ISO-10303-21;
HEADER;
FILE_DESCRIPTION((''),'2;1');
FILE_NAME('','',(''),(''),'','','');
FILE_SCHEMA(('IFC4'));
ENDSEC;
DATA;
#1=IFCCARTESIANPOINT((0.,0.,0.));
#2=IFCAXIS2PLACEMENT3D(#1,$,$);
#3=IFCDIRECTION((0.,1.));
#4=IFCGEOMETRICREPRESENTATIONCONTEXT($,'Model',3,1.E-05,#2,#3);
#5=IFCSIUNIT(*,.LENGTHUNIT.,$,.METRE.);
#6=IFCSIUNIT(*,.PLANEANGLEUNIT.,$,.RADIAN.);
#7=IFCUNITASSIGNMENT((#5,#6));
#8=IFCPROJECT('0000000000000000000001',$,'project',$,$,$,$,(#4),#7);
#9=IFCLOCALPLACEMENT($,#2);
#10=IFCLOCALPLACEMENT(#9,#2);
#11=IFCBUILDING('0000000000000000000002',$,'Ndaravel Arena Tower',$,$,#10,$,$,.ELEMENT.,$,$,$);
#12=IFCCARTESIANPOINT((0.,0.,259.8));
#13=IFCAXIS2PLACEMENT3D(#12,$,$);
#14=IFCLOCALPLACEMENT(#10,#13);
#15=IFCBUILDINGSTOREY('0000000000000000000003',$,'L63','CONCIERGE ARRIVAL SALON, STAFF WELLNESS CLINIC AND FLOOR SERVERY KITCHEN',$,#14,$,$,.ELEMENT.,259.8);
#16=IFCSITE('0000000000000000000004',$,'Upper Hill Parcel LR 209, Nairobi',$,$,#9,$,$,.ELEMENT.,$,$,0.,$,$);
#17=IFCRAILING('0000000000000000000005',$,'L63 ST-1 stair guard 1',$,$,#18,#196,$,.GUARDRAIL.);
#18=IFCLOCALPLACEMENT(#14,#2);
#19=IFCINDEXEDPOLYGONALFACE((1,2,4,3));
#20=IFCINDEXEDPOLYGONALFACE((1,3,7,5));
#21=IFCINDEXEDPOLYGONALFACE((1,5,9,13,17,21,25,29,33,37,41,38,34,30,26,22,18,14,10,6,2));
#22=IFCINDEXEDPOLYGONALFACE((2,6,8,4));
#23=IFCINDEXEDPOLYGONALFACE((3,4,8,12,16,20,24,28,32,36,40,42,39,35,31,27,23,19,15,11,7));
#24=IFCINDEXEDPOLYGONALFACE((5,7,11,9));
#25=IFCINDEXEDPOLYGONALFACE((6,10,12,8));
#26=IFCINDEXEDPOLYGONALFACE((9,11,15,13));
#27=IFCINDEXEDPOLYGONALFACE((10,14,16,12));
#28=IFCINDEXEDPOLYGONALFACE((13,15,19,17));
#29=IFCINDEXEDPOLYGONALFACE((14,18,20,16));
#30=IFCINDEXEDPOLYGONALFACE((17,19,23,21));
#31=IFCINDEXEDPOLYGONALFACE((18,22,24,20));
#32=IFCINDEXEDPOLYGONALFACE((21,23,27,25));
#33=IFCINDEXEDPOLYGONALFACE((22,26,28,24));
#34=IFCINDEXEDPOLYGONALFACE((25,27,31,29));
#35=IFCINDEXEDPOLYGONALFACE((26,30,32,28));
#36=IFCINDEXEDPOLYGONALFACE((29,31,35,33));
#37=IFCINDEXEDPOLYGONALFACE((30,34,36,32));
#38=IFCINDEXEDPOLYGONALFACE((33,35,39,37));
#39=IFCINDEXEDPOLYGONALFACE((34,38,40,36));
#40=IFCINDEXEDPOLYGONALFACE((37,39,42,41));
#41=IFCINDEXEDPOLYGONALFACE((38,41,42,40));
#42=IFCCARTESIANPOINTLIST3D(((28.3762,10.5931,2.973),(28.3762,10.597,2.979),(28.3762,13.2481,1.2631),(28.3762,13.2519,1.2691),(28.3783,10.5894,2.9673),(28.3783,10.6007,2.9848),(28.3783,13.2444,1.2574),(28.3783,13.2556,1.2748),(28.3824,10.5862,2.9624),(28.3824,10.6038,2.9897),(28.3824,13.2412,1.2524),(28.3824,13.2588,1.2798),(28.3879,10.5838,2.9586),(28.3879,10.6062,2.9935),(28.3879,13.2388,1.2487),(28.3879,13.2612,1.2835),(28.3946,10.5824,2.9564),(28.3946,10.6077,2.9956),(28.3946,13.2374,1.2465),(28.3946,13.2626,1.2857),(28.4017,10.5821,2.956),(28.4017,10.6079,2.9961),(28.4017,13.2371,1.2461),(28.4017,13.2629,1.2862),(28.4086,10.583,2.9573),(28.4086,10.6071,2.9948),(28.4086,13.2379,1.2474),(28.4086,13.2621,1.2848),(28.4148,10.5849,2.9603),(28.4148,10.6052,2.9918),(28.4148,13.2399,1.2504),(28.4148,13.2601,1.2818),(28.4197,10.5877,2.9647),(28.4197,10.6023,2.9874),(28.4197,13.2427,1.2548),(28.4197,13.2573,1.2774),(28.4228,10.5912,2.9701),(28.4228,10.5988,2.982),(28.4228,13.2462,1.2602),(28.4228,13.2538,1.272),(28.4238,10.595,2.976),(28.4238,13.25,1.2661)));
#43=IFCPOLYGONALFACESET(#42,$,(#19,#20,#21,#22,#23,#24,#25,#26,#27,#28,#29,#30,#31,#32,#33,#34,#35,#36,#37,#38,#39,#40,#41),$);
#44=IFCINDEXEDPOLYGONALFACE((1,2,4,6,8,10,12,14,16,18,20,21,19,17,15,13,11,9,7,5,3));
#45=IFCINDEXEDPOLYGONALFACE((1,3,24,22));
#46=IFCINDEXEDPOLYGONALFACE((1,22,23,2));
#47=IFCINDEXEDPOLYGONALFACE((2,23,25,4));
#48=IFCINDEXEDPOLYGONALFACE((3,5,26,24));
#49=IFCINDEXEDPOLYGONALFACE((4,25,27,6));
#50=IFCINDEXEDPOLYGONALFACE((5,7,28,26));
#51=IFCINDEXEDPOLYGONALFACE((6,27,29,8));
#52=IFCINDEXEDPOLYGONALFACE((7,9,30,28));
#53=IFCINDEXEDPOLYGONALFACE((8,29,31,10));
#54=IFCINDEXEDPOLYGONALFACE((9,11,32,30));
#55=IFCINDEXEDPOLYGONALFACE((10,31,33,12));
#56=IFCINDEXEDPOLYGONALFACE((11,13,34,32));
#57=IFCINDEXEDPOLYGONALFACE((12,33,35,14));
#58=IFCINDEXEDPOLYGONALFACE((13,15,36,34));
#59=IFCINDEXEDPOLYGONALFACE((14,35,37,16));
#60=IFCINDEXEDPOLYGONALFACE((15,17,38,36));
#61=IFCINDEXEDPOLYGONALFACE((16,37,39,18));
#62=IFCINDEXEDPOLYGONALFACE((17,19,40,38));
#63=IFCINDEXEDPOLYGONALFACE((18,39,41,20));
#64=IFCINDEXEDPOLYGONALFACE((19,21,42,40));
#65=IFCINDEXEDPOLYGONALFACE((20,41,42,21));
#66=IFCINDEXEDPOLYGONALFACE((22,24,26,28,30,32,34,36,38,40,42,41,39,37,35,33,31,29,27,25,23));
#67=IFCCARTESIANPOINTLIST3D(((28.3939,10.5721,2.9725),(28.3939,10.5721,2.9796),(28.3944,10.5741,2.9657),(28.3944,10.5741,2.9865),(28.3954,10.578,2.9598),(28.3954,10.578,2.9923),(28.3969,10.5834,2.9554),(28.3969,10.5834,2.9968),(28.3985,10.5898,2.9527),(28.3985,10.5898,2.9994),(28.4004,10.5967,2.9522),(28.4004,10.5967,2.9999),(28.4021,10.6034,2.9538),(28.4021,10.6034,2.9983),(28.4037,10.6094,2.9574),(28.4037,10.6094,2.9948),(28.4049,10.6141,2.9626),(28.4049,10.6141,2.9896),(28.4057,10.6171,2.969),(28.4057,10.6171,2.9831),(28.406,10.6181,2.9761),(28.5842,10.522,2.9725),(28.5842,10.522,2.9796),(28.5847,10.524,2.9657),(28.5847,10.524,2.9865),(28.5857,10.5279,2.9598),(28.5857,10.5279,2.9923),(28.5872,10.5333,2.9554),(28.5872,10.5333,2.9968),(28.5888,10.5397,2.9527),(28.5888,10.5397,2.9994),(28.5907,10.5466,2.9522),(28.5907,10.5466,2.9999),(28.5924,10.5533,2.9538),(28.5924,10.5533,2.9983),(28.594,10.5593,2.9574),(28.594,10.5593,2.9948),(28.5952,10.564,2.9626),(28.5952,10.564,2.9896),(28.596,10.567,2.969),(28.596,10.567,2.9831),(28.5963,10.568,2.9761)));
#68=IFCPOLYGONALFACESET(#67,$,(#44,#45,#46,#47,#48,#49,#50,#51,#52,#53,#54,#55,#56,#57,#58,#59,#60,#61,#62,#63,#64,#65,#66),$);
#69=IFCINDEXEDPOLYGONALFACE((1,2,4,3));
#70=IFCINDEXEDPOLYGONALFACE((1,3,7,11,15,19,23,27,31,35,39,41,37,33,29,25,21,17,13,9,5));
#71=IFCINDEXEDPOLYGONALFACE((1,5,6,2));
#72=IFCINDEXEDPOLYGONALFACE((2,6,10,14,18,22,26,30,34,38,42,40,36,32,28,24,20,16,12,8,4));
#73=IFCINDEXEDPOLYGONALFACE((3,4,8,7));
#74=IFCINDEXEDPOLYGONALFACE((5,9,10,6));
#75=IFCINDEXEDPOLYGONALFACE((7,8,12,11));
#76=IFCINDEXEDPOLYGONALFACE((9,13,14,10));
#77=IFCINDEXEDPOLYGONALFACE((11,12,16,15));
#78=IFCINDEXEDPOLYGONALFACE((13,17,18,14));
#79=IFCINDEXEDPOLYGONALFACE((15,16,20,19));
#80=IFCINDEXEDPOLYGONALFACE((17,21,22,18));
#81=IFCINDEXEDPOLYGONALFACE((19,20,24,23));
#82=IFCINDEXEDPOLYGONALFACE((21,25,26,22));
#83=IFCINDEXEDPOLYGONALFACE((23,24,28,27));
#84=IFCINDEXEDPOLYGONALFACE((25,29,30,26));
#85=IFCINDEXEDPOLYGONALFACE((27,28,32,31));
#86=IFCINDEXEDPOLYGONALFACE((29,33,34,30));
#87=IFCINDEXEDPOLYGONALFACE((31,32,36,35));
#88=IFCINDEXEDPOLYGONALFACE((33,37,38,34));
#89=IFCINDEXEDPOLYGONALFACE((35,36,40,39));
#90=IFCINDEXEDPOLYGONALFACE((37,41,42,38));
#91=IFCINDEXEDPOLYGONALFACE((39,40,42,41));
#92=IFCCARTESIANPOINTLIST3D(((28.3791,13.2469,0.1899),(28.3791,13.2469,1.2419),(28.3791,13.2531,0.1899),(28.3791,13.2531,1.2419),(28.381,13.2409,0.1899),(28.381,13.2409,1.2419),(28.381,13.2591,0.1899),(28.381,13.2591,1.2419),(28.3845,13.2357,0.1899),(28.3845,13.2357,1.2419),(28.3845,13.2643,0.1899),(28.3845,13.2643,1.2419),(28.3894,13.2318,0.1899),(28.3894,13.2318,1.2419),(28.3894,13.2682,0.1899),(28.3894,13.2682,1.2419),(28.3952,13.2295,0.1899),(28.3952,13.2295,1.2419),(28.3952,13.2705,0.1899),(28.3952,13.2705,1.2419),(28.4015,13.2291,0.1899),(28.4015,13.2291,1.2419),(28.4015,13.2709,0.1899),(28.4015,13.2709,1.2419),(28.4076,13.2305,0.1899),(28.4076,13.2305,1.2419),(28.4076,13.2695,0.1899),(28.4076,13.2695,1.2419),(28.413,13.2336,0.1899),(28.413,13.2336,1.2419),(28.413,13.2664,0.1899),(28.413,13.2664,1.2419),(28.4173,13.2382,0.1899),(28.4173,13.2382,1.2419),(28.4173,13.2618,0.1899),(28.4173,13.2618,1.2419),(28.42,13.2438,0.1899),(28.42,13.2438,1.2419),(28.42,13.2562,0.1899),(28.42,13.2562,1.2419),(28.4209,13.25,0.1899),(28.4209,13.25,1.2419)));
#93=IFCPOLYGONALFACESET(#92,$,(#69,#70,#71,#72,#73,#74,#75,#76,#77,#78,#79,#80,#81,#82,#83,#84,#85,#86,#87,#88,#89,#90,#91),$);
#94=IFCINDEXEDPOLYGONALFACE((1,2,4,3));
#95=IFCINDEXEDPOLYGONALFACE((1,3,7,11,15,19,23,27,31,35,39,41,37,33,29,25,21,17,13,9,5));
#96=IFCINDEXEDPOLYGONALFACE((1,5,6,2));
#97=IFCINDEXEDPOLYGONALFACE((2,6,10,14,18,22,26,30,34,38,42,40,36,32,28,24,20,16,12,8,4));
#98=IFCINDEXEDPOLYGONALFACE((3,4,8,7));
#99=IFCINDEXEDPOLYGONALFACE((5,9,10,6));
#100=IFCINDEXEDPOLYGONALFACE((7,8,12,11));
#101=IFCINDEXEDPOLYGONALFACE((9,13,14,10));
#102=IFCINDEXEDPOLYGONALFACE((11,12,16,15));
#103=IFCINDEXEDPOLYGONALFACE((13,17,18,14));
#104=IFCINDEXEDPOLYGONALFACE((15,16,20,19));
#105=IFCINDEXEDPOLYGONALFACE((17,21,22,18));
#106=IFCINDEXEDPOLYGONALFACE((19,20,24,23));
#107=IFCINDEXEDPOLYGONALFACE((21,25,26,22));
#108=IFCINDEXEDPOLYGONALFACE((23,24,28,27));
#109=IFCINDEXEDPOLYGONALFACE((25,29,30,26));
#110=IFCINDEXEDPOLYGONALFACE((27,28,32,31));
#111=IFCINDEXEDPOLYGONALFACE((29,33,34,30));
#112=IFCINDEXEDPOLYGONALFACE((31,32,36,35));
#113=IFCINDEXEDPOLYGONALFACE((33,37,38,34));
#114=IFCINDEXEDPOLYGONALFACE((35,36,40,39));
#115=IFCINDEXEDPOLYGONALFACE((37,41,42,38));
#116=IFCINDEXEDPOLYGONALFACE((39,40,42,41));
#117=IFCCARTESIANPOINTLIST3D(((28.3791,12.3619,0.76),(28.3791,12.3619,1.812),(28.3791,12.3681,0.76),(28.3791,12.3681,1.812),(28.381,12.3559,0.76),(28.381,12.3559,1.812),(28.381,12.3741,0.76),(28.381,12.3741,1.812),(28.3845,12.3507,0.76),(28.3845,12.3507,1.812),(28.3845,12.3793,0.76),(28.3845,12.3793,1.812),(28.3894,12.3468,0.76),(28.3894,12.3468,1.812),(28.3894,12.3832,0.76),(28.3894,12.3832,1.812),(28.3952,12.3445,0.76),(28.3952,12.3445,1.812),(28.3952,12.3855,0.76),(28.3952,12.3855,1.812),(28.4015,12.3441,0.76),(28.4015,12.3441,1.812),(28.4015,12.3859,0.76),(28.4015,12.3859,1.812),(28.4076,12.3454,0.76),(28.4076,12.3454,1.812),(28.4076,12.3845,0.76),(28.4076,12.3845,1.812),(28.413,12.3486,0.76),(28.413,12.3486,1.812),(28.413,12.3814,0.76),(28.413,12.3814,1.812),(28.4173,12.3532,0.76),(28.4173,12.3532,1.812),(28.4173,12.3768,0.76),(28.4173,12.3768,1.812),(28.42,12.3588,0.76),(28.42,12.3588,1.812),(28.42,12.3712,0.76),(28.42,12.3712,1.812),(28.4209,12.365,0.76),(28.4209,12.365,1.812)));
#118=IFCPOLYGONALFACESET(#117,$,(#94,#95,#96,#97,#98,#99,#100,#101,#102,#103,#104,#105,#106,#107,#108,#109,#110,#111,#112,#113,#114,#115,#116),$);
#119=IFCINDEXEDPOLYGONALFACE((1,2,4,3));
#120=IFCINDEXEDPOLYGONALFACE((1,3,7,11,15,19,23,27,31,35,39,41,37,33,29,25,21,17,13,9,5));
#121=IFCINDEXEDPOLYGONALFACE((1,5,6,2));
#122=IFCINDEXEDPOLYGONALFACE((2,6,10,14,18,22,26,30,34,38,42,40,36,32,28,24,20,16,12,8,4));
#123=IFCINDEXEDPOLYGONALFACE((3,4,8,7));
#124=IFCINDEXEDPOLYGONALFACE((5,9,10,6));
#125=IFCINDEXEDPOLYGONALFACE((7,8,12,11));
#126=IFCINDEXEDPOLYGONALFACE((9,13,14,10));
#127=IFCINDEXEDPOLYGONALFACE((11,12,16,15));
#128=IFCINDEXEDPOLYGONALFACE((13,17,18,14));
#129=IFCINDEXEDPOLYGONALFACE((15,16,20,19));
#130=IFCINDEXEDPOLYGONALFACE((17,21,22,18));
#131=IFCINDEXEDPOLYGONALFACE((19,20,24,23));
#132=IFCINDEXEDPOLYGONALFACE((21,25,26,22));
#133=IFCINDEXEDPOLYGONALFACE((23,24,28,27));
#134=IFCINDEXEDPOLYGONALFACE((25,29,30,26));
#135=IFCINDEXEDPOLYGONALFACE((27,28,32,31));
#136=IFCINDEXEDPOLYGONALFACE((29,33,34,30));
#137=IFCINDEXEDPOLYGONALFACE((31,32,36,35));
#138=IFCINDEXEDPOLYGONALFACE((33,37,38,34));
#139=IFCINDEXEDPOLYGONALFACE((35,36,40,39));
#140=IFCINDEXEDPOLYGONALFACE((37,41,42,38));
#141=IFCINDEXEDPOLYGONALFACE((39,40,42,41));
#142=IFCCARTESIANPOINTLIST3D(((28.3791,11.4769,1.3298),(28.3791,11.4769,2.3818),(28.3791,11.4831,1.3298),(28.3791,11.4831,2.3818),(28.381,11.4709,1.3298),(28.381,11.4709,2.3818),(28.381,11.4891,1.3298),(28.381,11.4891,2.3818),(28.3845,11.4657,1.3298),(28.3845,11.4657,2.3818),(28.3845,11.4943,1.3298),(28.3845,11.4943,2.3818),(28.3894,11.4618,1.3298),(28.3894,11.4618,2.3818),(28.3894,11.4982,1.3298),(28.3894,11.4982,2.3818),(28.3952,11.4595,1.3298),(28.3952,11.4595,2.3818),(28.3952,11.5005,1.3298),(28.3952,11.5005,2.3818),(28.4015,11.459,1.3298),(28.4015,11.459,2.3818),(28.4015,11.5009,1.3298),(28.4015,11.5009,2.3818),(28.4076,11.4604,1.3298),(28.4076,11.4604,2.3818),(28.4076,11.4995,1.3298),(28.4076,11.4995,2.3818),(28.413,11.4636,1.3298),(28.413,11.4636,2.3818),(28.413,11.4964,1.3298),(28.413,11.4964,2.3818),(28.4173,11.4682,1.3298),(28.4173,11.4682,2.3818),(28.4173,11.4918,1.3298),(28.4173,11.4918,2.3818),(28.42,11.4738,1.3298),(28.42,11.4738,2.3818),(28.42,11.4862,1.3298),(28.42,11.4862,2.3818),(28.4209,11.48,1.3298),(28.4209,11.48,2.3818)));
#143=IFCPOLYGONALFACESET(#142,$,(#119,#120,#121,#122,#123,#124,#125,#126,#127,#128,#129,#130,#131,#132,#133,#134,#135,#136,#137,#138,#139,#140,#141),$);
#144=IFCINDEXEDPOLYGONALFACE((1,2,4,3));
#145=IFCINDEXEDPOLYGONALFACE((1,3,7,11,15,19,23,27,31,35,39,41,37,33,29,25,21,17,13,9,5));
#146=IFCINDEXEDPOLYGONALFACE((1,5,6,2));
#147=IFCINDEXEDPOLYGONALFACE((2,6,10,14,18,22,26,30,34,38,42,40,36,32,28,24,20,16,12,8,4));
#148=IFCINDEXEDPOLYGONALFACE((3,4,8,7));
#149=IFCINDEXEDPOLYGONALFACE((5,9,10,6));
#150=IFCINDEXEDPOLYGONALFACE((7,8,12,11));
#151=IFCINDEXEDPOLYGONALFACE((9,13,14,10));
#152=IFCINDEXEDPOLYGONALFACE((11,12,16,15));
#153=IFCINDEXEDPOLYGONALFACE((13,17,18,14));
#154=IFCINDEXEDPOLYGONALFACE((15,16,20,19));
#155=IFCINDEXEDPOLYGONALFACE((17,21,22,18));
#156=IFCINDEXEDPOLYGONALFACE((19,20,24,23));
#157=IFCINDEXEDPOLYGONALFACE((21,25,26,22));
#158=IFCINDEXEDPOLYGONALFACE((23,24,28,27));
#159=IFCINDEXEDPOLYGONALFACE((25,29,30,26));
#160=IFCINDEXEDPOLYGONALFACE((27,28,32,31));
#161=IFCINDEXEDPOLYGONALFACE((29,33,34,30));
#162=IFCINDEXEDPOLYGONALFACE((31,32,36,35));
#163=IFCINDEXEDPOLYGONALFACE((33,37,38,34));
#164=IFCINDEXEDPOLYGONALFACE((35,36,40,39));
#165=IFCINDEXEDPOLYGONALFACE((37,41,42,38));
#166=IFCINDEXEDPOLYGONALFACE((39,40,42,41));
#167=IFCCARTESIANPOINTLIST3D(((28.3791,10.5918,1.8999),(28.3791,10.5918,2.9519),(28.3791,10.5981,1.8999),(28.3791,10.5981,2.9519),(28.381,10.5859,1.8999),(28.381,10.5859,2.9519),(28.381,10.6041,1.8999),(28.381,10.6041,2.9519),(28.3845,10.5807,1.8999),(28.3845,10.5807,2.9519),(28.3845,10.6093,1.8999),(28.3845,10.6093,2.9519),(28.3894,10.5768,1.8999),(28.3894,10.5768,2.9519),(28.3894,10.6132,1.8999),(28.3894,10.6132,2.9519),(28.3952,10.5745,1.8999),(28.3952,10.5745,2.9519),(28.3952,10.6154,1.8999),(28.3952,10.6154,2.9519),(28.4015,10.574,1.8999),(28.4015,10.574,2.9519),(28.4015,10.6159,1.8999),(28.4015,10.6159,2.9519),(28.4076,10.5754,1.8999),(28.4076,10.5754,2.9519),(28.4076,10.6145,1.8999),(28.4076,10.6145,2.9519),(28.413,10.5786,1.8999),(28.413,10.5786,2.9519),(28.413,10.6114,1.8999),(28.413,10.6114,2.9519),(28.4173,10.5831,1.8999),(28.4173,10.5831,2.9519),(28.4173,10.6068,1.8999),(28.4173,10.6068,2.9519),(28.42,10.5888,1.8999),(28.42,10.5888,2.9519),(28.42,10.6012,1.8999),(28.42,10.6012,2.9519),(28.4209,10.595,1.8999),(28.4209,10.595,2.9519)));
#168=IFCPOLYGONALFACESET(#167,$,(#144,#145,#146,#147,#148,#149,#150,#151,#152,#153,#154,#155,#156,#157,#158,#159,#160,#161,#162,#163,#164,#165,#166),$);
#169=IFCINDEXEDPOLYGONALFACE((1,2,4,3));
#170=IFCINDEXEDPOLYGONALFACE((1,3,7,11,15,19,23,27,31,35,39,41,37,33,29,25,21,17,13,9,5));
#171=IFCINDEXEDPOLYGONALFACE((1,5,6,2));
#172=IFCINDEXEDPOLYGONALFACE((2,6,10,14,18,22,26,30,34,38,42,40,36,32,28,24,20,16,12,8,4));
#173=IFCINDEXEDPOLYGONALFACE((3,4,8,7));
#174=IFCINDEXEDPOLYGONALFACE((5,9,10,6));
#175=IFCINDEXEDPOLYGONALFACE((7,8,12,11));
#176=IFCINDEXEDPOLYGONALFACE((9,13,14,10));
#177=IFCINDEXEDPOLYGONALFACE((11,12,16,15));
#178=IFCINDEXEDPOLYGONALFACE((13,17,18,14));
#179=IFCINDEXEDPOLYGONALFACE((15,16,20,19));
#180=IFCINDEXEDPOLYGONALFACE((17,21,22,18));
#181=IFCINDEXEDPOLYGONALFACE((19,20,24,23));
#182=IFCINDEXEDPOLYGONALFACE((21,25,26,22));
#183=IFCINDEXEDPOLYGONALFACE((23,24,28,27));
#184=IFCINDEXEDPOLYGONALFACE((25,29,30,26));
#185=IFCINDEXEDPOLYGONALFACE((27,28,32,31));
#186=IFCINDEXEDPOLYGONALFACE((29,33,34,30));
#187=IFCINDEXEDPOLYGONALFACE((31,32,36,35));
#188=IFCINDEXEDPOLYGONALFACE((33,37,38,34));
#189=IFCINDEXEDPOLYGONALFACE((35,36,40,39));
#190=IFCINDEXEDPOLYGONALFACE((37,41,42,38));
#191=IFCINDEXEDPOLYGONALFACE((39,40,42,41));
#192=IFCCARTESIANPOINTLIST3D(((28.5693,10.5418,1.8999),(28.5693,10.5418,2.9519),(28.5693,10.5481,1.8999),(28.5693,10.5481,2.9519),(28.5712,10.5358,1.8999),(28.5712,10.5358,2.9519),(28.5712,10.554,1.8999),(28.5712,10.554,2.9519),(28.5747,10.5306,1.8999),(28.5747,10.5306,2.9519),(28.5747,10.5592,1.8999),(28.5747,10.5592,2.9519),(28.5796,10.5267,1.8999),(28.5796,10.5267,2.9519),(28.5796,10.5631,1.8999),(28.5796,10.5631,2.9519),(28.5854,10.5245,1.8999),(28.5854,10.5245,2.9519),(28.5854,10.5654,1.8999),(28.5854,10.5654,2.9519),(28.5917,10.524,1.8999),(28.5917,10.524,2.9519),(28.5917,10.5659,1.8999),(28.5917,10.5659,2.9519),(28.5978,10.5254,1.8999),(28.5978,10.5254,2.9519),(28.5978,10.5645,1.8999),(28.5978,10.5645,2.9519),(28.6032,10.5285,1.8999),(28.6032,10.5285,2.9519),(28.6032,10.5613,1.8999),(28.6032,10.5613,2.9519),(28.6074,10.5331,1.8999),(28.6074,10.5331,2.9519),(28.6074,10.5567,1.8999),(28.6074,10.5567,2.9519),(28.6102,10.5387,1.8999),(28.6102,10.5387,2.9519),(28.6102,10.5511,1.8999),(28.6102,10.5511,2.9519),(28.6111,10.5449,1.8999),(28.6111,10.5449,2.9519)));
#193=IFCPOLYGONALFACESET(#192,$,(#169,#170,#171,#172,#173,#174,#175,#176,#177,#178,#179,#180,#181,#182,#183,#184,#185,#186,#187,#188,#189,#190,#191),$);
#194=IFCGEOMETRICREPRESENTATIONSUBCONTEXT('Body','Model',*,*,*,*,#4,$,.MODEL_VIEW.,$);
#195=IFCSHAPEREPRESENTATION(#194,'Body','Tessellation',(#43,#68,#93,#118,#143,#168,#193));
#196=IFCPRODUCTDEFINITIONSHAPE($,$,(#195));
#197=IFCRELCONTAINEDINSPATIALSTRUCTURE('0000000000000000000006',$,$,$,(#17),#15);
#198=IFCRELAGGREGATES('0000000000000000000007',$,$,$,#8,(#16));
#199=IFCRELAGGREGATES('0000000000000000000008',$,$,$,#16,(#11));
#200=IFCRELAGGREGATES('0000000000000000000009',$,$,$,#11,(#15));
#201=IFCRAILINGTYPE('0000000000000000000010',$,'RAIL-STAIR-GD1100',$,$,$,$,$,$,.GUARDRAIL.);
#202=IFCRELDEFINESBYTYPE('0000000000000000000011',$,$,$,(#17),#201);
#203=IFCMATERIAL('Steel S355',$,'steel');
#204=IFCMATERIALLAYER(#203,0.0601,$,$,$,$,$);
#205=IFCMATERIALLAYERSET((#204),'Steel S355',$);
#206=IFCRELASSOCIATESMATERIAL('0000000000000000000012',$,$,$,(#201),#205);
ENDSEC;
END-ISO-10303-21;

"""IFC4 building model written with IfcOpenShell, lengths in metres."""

from ifc_helpers import new_model, si_unit, direction, frame, origin, origin_2d, place, context, subcontext, project, spatial, circle, extrude, material, layer, layer_set, type_object, element, save


model = new_model("IFC4")

# Units and contexts
model_context = context("Model", 3, precision=1e-05, world=origin(), true_north=direction((0.0, 1.0)))
body_context = subcontext(model_context, "Body", "Model", "MODEL_VIEW")
ifc_project = project(units=[si_unit("LENGTHUNIT", "METRE"), si_unit("PLANEANGLEUNIT", "RADIAN")], contexts=[model_context])

# Site, building, storey
site_placement = place(None, origin())
site = spatial("IfcSite", under=ifc_project, at=site_placement, Name="Upper Hill Parcel LR 209, Nairobi", CompositionType="ELEMENT", RefElevation=0.0)
building_placement = place(site_placement, origin())
building = spatial("IfcBuilding", under=site, at=building_placement, Name="Ndaravel Arena Tower", CompositionType="ELEMENT")
storey_placement = place(building_placement, frame((0.0, 0.0, 259.8)))
storey = spatial("IfcBuildingStorey", under=building, at=storey_placement, Name="L63", Description="CONCIERGE ARRIVAL SALON, STAFF WELLNESS CLINIC AND FLOOR SERVERY KITCHEN", CompositionType="ELEMENT", Elevation=259.8)

# Railing
ifc_material_1 = material(Name="Steel S355", Category="steel")
ifc_layer_1 = layer(ifc_material_1, 0.0601)
ifc_layer_set_1 = layer_set([ifc_layer_1], Name="Steel S355")
railing_type_1 = type_object("IfcRailingType", Name="RAIL-STAIR-GD1100", PredefinedType="GUARDRAIL", material=ifc_layer_set_1)
railing_1_placement = place(storey_placement, frame((28.3999, 13.25, 0.1899)))
element("IfcRailing", 1, at=railing_1_placement, inside=storey, type_object=railing_type_1, Name="L63 ST-1 stair guard 1", PredefinedType="GUARDRAIL", context=body_context, shape_type="SweptSolid", body=[
    extrude(circle(Radius=0.0239, at=origin_2d()), frame((0.0, 0.0, 1.0762), z_axis=(0.0, -0.840724, 0.541465), x_axis=(1.0, 0.0, 0.0)), (0.0, 0.0, 1.0), 3.158),
    extrude(circle(Radius=0.0239, at=origin_2d()), frame((0.0, -2.655, 2.7861), z_axis=(0.967075, -0.254493, 0.0), x_axis=(0.254493, 0.967075, 0.0)), (0.0, 0.0, 1.0), 0.1968),
    extrude(circle(Radius=0.021, at=origin_2d()), origin(), (0.0, 0.0, 1.0), 1.052),
    extrude(circle(Radius=0.021, at=origin_2d()), frame((0.0, -0.885, 0.5701)), (0.0, 0.0, 1.0), 1.052),
    extrude(circle(Radius=0.021, at=origin_2d()), frame((0.0, -1.77, 1.1399)), (0.0, 0.0, 1.0), 1.052),
    extrude(circle(Radius=0.021, at=origin_2d()), frame((0.0, -2.655, 1.71)), (0.0, 0.0, 1.0), 1.052),
    extrude(circle(Radius=0.021, at=origin_2d()), frame((0.1902, -2.7051, 1.71)), (0.0, 0.0, 1.0), 1.052),
])

save(model, "model.ifc")
